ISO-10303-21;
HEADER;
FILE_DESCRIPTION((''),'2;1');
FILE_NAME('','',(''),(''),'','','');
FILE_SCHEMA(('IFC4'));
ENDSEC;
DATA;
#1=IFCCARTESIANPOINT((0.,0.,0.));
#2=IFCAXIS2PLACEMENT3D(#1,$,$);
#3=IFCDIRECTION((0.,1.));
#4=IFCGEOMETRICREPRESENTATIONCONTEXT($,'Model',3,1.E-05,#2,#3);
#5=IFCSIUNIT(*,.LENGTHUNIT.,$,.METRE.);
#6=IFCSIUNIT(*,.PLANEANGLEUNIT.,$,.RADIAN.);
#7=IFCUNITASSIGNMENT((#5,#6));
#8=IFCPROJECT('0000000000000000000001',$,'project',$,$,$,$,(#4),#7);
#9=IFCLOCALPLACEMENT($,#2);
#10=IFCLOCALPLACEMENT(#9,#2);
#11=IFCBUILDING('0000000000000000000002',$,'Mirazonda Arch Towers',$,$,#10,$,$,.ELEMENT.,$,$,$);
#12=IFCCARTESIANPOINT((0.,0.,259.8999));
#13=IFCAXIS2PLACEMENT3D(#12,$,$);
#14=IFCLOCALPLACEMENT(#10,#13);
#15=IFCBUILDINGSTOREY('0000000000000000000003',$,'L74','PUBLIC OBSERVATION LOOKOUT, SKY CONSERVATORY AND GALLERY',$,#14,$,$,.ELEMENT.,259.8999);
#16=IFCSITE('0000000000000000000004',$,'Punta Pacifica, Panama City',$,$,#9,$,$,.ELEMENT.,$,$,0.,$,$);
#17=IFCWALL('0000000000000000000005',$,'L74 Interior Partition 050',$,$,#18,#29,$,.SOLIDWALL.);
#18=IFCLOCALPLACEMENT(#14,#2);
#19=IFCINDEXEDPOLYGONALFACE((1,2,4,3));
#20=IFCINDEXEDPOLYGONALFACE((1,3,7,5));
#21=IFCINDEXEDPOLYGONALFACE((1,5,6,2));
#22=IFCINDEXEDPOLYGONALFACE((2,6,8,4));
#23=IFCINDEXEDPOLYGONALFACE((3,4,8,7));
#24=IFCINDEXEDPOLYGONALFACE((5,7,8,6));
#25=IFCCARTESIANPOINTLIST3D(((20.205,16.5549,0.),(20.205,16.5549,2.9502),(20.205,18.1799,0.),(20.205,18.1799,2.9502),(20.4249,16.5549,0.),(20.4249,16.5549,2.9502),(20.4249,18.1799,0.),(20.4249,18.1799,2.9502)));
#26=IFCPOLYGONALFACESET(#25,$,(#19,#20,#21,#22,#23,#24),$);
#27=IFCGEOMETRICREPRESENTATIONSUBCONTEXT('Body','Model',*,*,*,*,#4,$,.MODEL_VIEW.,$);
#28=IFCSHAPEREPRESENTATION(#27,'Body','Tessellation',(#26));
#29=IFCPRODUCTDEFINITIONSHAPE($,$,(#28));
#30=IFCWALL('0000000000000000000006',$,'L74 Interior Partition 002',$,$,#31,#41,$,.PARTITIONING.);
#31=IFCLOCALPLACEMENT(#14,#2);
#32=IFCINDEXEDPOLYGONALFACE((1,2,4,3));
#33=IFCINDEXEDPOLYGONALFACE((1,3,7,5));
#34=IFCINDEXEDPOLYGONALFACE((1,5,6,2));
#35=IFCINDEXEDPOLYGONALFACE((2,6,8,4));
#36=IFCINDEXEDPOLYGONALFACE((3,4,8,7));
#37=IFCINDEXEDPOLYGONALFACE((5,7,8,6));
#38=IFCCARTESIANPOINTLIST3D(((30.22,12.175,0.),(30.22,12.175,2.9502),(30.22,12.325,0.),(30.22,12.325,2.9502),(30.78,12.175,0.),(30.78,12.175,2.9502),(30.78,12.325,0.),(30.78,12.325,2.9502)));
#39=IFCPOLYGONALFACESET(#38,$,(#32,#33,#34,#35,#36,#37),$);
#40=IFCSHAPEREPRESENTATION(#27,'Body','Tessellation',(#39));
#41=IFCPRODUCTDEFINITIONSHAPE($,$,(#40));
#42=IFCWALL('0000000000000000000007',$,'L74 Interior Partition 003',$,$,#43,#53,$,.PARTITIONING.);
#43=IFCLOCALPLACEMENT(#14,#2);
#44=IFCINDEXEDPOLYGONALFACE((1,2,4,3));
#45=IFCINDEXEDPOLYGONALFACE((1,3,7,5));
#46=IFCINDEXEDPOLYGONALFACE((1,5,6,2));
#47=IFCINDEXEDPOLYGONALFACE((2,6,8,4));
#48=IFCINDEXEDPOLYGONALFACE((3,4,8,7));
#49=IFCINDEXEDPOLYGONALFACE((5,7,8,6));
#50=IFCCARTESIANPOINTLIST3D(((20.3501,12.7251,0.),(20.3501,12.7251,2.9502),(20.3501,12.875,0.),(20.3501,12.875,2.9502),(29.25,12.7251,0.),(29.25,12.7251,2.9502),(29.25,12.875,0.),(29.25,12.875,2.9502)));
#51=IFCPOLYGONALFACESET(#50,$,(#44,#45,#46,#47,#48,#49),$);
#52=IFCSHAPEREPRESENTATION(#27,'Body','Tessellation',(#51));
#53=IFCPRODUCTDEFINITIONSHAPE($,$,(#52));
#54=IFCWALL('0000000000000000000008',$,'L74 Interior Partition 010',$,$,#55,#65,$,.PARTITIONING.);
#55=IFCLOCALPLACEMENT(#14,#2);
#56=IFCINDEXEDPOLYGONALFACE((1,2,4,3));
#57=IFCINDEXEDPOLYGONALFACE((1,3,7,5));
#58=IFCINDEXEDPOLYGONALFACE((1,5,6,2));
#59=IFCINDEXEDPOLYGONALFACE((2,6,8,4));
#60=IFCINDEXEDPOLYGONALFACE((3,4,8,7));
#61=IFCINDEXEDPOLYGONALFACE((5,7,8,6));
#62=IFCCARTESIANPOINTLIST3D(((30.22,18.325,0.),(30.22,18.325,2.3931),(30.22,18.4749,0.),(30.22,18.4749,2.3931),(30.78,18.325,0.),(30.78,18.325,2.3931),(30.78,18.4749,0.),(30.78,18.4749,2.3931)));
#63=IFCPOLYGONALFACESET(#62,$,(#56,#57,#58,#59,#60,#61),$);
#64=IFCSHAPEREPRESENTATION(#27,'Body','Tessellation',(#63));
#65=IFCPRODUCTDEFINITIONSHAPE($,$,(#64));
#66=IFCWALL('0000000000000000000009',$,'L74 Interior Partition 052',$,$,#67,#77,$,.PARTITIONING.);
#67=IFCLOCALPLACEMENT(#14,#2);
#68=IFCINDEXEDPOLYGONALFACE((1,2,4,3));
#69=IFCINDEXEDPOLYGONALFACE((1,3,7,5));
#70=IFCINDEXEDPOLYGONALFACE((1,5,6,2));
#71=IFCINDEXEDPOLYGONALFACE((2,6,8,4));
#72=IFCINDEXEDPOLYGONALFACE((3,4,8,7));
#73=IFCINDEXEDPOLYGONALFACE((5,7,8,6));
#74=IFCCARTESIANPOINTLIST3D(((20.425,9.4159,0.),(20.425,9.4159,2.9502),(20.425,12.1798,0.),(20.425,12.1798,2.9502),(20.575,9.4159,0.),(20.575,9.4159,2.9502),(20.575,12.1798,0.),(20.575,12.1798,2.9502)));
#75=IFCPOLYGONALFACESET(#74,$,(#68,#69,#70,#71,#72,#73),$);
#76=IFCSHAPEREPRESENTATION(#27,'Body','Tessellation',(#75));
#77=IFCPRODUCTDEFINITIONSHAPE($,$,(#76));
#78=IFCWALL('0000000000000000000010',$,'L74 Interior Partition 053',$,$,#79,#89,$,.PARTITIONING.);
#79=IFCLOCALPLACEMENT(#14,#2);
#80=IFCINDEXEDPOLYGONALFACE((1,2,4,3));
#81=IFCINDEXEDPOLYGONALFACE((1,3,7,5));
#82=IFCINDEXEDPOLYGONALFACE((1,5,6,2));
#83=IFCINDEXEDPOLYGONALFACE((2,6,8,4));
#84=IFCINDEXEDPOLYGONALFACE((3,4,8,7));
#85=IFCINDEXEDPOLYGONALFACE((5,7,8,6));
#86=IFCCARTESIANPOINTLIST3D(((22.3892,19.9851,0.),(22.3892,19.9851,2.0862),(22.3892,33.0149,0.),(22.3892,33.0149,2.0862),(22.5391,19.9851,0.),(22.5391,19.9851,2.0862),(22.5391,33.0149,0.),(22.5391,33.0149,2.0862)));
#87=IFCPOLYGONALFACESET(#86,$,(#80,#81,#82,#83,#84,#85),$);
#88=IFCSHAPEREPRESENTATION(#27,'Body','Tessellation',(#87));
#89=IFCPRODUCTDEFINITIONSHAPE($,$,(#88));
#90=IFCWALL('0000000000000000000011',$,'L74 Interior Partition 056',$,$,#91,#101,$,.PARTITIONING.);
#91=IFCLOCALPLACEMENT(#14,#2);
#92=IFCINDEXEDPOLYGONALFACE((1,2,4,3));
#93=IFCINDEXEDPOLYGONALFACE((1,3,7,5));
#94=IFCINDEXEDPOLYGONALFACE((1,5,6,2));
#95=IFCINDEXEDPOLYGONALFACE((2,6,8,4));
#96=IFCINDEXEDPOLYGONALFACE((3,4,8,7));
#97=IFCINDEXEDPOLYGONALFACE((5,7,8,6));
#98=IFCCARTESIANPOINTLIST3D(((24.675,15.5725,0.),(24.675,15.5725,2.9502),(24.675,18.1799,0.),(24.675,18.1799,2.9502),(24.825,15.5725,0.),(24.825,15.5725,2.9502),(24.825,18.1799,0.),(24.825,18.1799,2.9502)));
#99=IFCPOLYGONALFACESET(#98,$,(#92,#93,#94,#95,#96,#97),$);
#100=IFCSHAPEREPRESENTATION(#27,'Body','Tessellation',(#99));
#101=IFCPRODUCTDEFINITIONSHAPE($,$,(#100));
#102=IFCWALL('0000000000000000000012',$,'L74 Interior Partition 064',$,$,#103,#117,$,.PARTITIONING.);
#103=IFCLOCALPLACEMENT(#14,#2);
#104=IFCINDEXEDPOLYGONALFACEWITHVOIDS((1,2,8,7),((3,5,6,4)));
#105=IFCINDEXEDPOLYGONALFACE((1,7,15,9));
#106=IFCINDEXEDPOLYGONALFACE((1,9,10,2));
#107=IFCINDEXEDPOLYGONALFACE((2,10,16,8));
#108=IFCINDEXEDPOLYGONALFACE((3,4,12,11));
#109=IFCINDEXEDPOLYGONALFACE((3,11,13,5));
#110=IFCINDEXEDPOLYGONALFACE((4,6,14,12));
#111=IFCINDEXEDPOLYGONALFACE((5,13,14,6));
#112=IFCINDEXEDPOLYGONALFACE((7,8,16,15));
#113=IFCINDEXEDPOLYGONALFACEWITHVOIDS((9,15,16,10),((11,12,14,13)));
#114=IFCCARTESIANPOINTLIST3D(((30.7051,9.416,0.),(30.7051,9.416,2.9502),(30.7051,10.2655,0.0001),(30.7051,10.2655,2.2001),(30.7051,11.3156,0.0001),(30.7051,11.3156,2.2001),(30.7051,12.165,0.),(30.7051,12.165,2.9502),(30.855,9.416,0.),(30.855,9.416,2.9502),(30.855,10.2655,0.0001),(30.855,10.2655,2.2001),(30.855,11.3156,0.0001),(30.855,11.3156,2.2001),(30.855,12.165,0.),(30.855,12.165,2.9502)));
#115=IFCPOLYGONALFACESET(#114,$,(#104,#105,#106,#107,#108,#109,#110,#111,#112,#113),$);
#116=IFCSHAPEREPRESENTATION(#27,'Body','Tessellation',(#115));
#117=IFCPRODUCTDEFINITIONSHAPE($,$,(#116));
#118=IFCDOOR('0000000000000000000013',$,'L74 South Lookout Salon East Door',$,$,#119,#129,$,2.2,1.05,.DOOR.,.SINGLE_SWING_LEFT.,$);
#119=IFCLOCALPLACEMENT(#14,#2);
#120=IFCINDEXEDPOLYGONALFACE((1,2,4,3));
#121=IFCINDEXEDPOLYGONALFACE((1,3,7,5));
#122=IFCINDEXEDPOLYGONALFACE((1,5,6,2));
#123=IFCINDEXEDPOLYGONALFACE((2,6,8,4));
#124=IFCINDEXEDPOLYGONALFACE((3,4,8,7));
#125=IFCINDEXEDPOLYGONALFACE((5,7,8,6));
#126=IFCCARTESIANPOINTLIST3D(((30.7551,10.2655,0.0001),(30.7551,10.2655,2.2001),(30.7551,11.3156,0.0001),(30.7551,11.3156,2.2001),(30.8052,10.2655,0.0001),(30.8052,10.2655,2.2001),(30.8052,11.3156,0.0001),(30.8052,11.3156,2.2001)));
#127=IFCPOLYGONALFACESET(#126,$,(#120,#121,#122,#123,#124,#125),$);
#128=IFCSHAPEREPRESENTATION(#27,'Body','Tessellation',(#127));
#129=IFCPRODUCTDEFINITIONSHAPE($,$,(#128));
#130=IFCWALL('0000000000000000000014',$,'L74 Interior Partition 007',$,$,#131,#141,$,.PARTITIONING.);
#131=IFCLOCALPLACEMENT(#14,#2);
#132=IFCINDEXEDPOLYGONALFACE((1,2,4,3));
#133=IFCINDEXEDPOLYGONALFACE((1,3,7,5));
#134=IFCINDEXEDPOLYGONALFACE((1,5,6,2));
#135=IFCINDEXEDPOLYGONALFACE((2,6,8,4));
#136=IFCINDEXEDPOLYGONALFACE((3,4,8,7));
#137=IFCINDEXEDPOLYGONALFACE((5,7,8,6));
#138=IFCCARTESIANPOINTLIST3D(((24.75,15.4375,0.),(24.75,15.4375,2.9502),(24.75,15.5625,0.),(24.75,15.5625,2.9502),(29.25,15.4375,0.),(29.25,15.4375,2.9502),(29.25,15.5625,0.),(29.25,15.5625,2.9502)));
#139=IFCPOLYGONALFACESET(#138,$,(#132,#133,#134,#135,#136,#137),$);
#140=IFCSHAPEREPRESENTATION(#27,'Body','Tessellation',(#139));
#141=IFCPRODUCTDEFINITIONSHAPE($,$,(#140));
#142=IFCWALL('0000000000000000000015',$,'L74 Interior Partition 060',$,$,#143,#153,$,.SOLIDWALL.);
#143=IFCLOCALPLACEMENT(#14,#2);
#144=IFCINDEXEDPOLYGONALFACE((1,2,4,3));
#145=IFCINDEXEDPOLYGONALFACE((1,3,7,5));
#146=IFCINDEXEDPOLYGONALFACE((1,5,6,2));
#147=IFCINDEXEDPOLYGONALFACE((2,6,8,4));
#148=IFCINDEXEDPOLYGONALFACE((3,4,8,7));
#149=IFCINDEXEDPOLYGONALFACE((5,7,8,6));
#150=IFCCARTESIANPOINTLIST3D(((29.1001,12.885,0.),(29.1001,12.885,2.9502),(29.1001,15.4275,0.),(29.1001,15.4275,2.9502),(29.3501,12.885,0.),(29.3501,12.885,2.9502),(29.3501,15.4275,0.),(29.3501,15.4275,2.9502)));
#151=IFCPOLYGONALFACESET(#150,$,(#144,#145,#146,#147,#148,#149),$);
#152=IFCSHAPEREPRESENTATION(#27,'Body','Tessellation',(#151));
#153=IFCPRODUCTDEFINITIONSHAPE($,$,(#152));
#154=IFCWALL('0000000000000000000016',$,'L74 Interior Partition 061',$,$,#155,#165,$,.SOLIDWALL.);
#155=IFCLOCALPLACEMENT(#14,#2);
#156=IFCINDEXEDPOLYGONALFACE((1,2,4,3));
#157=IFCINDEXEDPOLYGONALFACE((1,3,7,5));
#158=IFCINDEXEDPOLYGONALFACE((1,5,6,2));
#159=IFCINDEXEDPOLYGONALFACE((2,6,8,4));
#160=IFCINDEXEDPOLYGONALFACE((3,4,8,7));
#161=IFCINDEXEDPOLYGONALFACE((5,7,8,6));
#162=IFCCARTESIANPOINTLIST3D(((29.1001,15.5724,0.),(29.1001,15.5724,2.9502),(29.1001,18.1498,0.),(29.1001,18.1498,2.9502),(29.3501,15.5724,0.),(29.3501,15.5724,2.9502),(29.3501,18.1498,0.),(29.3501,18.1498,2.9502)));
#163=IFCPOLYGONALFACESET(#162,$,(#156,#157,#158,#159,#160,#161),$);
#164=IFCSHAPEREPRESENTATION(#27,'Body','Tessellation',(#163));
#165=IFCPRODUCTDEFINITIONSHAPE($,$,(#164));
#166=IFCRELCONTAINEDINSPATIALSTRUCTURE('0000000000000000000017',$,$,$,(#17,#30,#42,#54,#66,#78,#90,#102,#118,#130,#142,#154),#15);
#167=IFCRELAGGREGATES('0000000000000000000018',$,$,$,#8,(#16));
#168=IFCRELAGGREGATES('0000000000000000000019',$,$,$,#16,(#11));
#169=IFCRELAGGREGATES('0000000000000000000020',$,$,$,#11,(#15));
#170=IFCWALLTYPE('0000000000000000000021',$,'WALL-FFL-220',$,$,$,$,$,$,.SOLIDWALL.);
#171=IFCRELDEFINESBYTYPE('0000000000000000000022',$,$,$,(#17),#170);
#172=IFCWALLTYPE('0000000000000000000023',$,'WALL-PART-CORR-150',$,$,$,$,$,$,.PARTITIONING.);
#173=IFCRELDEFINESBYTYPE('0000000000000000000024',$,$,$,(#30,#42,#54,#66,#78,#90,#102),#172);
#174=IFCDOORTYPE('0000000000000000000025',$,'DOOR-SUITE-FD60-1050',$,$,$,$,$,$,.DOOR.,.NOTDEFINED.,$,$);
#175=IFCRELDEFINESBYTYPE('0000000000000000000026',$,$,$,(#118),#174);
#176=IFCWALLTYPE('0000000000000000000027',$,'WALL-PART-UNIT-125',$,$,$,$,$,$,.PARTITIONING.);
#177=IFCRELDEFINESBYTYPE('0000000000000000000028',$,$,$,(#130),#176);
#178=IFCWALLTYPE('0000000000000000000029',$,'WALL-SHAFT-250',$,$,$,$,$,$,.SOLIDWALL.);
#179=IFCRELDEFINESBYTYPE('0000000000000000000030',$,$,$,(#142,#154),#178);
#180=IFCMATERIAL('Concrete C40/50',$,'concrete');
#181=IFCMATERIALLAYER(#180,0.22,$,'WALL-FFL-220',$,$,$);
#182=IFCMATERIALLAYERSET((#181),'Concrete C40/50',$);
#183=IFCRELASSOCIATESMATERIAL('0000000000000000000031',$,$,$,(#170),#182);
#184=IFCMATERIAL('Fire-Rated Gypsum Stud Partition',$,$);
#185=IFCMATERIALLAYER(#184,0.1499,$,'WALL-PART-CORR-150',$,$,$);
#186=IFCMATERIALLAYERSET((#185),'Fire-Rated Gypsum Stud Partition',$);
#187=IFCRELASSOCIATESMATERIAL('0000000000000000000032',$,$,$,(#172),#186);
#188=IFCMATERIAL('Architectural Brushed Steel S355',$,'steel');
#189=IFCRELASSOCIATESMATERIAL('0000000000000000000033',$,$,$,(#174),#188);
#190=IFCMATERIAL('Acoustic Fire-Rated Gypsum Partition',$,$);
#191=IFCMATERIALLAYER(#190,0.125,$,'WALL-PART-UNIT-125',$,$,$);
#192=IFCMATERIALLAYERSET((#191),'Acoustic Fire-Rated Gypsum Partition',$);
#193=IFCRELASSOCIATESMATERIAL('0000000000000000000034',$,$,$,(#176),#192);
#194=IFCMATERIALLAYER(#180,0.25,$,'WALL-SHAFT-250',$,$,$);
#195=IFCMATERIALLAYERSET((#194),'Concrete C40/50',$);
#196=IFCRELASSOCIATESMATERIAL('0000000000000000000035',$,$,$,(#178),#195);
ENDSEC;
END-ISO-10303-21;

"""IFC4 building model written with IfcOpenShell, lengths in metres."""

from ifc_helpers import new_model, si_unit, direction, frame, frame_2d, origin, place, context, subcontext, project, spatial, rectangle, extrude, material, layer, layer_set, type_object, element, fill, save


model = new_model("IFC4")

# Units and contexts
model_context = context("Model", 3, precision=1e-05, world=origin(), true_north=direction((0.0, 1.0)))
body_context = subcontext(model_context, "Body", "Model", "MODEL_VIEW")
ifc_project = project(units=[si_unit("LENGTHUNIT", "METRE"), si_unit("PLANEANGLEUNIT", "RADIAN")], contexts=[model_context])

# Site, building, storey
site_placement = place(None, origin())
site = spatial("IfcSite", under=ifc_project, at=site_placement, Name="Punta Pacifica, Panama City", CompositionType="ELEMENT", RefElevation=0.0)
building_placement = place(site_placement, origin())
building = spatial("IfcBuilding", under=site, at=building_placement, Name="Mirazonda Arch Towers", CompositionType="ELEMENT")
storey_placement = place(building_placement, frame((0.0, 0.0, 259.8999)))
storey = spatial("IfcBuildingStorey", under=building, at=storey_placement, Name="L74", Description="PUBLIC OBSERVATION LOOKOUT, SKY CONSERVATORY AND GALLERY", CompositionType="ELEMENT", Elevation=259.8999)

# Walls
ifc_material_1 = material(Name="Concrete C40/50", Category="concrete")
ifc_layer_1 = layer(ifc_material_1, 0.22, Name="WALL-FFL-220")
ifc_layer_set_1 = layer_set([ifc_layer_1], Name="Concrete C40/50")
wall_type_1 = type_object("IfcWallType", Name="WALL-FFL-220", PredefinedType="SOLIDWALL", material=ifc_layer_set_1)
wall_1_placement = place(storey_placement, frame((20.3149, 16.5549, 0.0), z_axis=(0.0, 0.0, 1.0), x_axis=(0.0, 1.0, 0.0)))
element("IfcWall", 1, at=wall_1_placement, inside=storey, type_object=wall_type_1, Name="L74 Interior Partition 050", PredefinedType="SOLIDWALL", context=body_context, shape_type="SweptSolid", body=[
    extrude(rectangle(XDim=1.625, YDim=0.22, at=frame_2d((0.8125, 0.0))), origin(), (0.0, 0.0, 1.0), 2.9502),
])
ifc_material_2 = material(Name="Fire-Rated Gypsum Stud Partition")
ifc_layer_2 = layer(ifc_material_2, 0.1499, Name="WALL-PART-CORR-150")
ifc_layer_set_2 = layer_set([ifc_layer_2], Name="Fire-Rated Gypsum Stud Partition")
wall_type_2 = type_object("IfcWallType", Name="WALL-PART-CORR-150", PredefinedType="PARTITIONING", material=ifc_layer_set_2)
wall_2_placement = place(storey_placement, frame((30.22, 12.25, 0.0), z_axis=(0.0, 0.0, 1.0), x_axis=(1.0, 0.0, 0.0)))
element("IfcWall", 2, at=wall_2_placement, inside=storey, type_object=wall_type_2, Name="L74 Interior Partition 002", PredefinedType="PARTITIONING", context=body_context, shape_type="SweptSolid", body=[
    extrude(rectangle(XDim=0.5601, YDim=0.1499, at=frame_2d((0.28, 0.0))), origin(), (0.0, 0.0, 1.0), 2.9502),
])
wall_3_placement = place(storey_placement, frame((20.3501, 12.8, 0.0), z_axis=(0.0, 0.0, 1.0), x_axis=(1.0, 0.0, 0.0)))
element("IfcWall", 3, at=wall_3_placement, inside=storey, type_object=wall_type_2, Name="L74 Interior Partition 003", PredefinedType="PARTITIONING", context=body_context, shape_type="SweptSolid", body=[
    extrude(rectangle(XDim=8.8999, YDim=0.1499, at=frame_2d((4.45, 0.0))), origin(), (0.0, 0.0, 1.0), 2.9502),
])
wall_4_placement = place(storey_placement, frame((30.22, 18.3999, 0.0), z_axis=(0.0, 0.0, 1.0), x_axis=(1.0, 0.0, 0.0)))
element("IfcWall", 4, at=wall_4_placement, inside=storey, type_object=wall_type_2, Name="L74 Interior Partition 010", PredefinedType="PARTITIONING", context=body_context, shape_type="SweptSolid", body=[
    extrude(rectangle(XDim=0.5601, YDim=0.1499, at=frame_2d((0.28, 0.0))), origin(), (0.0, 0.0, 1.0), 2.3931),
])
wall_5_placement = place(storey_placement, frame((20.5, 9.416, 0.0), z_axis=(0.0, 0.0, 1.0), x_axis=(0.0, 1.0, 0.0)))
element("IfcWall", 5, at=wall_5_placement, inside=storey, type_object=wall_type_2, Name="L74 Interior Partition 052", PredefinedType="PARTITIONING", context=body_context, shape_type="SweptSolid", body=[
    extrude(rectangle(XDim=2.7639, YDim=0.1499, at=frame_2d((1.3818, 0.0))), origin(), (0.0, 0.0, 1.0), 2.9502),
])
wall_6_placement = place(storey_placement, frame((22.4641, 19.9851, 0.0), z_axis=(0.0, 0.0, 1.0), x_axis=(0.0, 1.0, 0.0)))
element("IfcWall", 6, at=wall_6_placement, inside=storey, type_object=wall_type_2, Name="L74 Interior Partition 053", PredefinedType="PARTITIONING", context=body_context, shape_type="SweptSolid", body=[
    extrude(rectangle(XDim=13.0298, YDim=0.1499, at=frame_2d((6.5149, 0.0))), origin(), (0.0, 0.0, 1.0), 2.0862),
])

# Shared definitions
ifc_material_3 = material(Name="Architectural Brushed Steel S355", Category="steel")

# Wall
wall_7_placement = place(storey_placement, frame((24.75, 15.5725, 0.0), z_axis=(0.0, 0.0, 1.0), x_axis=(0.0, 1.0, 0.0)))
element("IfcWall", 7, at=wall_7_placement, inside=storey, type_object=wall_type_2, Name="L74 Interior Partition 056", PredefinedType="PARTITIONING", context=body_context, shape_type="SweptSolid", body=[
    extrude(rectangle(XDim=2.6074, YDim=0.1499, at=frame_2d((1.3037, 0.0))), origin(), (0.0, 0.0, 1.0), 2.9502),
])

# Wall, opening, door
wall_8_placement = place(storey_placement, frame((30.78, 9.416, 0.0), z_axis=(0.0, 0.0, 1.0), x_axis=(0.0, 1.0, 0.0)))
wall_8 = element("IfcWall", 8, at=wall_8_placement, inside=storey, type_object=wall_type_2, Name="L74 Interior Partition 064", PredefinedType="PARTITIONING", context=body_context, shape_type="SweptSolid", body=[
    extrude(rectangle(XDim=2.749, YDim=0.1499, at=frame_2d((1.3745, 0.0))), origin(), (0.0, 0.0, 1.0), 2.9502),
])
opening_1_placement = place(wall_8_placement, frame((0.8496, 0.0, 0.0)))
opening_1 = element("IfcOpeningElement", 9, at=opening_1_placement, cuts=wall_8, PredefinedType="OPENING", context=body_context, shape_type="SweptSolid", body=[
    extrude(rectangle(XDim=1.05, YDim=2.2, at=frame_2d((0.5249, 1.1001))), frame((0.0, 0.085, 0.0), z_axis=(0.0, -1.0, 0.0), x_axis=(1.0, 0.0, 0.0)), (0.0, 0.0, 1.0), 0.1699),
])
door_type_1 = type_object("IfcDoorType", Name="DOOR-SUITE-FD60-1050", OperationType="NOTDEFINED", PredefinedType="DOOR", material=ifc_material_3)
door_1_placement = place(opening_1_placement, origin())
door_1 = element("IfcDoor", 10, at=door_1_placement, inside=storey, type_object=door_type_1, Name="L74 South Lookout Salon East Door", OperationType="SINGLE_SWING_LEFT", OverallHeight=2.2, OverallWidth=1.05, PredefinedType="DOOR", context=body_context, shape_type="SweptSolid", body=[
    extrude(rectangle(XDim=1.05, YDim=2.2, at=frame_2d((0.5249, 1.1001))), frame((0.0, 0.0249, 0.0), z_axis=(0.0, -1.0, 0.0), x_axis=(1.0, 0.0, 0.0)), (0.0, 0.0, 1.0), 0.05),
])
fill(opening_1, door_1)

# Walls
ifc_material_4 = material(Name="Acoustic Fire-Rated Gypsum Partition")
ifc_layer_3 = layer(ifc_material_4, 0.125, Name="WALL-PART-UNIT-125")
ifc_layer_set_3 = layer_set([ifc_layer_3], Name="Acoustic Fire-Rated Gypsum Partition")
wall_type_3 = type_object("IfcWallType", Name="WALL-PART-UNIT-125", PredefinedType="PARTITIONING", material=ifc_layer_set_3)
wall_9_placement = place(storey_placement, frame((24.75, 15.5, 0.0), z_axis=(0.0, 0.0, 1.0), x_axis=(1.0, 0.0, 0.0)))
element("IfcWall", 11, at=wall_9_placement, inside=storey, type_object=wall_type_3, Name="L74 Interior Partition 007", PredefinedType="PARTITIONING", context=body_context, shape_type="SweptSolid", body=[
    extrude(rectangle(XDim=4.5, YDim=0.125, at=frame_2d((2.25, 0.0))), origin(), (0.0, 0.0, 1.0), 2.9502),
])
ifc_layer_4 = layer(ifc_material_1, 0.25, Name="WALL-SHAFT-250")
ifc_layer_set_4 = layer_set([ifc_layer_4], Name="Concrete C40/50")
wall_type_4 = type_object("IfcWallType", Name="WALL-SHAFT-250", PredefinedType="SOLIDWALL", material=ifc_layer_set_4)
wall_10_placement = place(storey_placement, frame((29.2251, 12.885, 0.0), z_axis=(0.0, 0.0, 1.0), x_axis=(0.0, 1.0, 0.0)))
element("IfcWall", 12, at=wall_10_placement, inside=storey, type_object=wall_type_4, Name="L74 Interior Partition 060", PredefinedType="SOLIDWALL", context=body_context, shape_type="SweptSolid", body=[
    extrude(rectangle(XDim=2.5425, YDim=0.25, at=frame_2d((1.2712, 0.0))), origin(), (0.0, 0.0, 1.0), 2.9502),
])
wall_11_placement = place(storey_placement, frame((29.2251, 15.5725, 0.0), z_axis=(0.0, 0.0, 1.0), x_axis=(0.0, 1.0, 0.0)))
element("IfcWall", 13, at=wall_11_placement, inside=storey, type_object=wall_type_4, Name="L74 Interior Partition 061", PredefinedType="SOLIDWALL", context=body_context, shape_type="SweptSolid", body=[
    extrude(rectangle(XDim=2.5774, YDim=0.25, at=frame_2d((1.2886, 0.0))), origin(), (0.0, 0.0, 1.0), 2.9502),
])

save(model, "model.ifc")
